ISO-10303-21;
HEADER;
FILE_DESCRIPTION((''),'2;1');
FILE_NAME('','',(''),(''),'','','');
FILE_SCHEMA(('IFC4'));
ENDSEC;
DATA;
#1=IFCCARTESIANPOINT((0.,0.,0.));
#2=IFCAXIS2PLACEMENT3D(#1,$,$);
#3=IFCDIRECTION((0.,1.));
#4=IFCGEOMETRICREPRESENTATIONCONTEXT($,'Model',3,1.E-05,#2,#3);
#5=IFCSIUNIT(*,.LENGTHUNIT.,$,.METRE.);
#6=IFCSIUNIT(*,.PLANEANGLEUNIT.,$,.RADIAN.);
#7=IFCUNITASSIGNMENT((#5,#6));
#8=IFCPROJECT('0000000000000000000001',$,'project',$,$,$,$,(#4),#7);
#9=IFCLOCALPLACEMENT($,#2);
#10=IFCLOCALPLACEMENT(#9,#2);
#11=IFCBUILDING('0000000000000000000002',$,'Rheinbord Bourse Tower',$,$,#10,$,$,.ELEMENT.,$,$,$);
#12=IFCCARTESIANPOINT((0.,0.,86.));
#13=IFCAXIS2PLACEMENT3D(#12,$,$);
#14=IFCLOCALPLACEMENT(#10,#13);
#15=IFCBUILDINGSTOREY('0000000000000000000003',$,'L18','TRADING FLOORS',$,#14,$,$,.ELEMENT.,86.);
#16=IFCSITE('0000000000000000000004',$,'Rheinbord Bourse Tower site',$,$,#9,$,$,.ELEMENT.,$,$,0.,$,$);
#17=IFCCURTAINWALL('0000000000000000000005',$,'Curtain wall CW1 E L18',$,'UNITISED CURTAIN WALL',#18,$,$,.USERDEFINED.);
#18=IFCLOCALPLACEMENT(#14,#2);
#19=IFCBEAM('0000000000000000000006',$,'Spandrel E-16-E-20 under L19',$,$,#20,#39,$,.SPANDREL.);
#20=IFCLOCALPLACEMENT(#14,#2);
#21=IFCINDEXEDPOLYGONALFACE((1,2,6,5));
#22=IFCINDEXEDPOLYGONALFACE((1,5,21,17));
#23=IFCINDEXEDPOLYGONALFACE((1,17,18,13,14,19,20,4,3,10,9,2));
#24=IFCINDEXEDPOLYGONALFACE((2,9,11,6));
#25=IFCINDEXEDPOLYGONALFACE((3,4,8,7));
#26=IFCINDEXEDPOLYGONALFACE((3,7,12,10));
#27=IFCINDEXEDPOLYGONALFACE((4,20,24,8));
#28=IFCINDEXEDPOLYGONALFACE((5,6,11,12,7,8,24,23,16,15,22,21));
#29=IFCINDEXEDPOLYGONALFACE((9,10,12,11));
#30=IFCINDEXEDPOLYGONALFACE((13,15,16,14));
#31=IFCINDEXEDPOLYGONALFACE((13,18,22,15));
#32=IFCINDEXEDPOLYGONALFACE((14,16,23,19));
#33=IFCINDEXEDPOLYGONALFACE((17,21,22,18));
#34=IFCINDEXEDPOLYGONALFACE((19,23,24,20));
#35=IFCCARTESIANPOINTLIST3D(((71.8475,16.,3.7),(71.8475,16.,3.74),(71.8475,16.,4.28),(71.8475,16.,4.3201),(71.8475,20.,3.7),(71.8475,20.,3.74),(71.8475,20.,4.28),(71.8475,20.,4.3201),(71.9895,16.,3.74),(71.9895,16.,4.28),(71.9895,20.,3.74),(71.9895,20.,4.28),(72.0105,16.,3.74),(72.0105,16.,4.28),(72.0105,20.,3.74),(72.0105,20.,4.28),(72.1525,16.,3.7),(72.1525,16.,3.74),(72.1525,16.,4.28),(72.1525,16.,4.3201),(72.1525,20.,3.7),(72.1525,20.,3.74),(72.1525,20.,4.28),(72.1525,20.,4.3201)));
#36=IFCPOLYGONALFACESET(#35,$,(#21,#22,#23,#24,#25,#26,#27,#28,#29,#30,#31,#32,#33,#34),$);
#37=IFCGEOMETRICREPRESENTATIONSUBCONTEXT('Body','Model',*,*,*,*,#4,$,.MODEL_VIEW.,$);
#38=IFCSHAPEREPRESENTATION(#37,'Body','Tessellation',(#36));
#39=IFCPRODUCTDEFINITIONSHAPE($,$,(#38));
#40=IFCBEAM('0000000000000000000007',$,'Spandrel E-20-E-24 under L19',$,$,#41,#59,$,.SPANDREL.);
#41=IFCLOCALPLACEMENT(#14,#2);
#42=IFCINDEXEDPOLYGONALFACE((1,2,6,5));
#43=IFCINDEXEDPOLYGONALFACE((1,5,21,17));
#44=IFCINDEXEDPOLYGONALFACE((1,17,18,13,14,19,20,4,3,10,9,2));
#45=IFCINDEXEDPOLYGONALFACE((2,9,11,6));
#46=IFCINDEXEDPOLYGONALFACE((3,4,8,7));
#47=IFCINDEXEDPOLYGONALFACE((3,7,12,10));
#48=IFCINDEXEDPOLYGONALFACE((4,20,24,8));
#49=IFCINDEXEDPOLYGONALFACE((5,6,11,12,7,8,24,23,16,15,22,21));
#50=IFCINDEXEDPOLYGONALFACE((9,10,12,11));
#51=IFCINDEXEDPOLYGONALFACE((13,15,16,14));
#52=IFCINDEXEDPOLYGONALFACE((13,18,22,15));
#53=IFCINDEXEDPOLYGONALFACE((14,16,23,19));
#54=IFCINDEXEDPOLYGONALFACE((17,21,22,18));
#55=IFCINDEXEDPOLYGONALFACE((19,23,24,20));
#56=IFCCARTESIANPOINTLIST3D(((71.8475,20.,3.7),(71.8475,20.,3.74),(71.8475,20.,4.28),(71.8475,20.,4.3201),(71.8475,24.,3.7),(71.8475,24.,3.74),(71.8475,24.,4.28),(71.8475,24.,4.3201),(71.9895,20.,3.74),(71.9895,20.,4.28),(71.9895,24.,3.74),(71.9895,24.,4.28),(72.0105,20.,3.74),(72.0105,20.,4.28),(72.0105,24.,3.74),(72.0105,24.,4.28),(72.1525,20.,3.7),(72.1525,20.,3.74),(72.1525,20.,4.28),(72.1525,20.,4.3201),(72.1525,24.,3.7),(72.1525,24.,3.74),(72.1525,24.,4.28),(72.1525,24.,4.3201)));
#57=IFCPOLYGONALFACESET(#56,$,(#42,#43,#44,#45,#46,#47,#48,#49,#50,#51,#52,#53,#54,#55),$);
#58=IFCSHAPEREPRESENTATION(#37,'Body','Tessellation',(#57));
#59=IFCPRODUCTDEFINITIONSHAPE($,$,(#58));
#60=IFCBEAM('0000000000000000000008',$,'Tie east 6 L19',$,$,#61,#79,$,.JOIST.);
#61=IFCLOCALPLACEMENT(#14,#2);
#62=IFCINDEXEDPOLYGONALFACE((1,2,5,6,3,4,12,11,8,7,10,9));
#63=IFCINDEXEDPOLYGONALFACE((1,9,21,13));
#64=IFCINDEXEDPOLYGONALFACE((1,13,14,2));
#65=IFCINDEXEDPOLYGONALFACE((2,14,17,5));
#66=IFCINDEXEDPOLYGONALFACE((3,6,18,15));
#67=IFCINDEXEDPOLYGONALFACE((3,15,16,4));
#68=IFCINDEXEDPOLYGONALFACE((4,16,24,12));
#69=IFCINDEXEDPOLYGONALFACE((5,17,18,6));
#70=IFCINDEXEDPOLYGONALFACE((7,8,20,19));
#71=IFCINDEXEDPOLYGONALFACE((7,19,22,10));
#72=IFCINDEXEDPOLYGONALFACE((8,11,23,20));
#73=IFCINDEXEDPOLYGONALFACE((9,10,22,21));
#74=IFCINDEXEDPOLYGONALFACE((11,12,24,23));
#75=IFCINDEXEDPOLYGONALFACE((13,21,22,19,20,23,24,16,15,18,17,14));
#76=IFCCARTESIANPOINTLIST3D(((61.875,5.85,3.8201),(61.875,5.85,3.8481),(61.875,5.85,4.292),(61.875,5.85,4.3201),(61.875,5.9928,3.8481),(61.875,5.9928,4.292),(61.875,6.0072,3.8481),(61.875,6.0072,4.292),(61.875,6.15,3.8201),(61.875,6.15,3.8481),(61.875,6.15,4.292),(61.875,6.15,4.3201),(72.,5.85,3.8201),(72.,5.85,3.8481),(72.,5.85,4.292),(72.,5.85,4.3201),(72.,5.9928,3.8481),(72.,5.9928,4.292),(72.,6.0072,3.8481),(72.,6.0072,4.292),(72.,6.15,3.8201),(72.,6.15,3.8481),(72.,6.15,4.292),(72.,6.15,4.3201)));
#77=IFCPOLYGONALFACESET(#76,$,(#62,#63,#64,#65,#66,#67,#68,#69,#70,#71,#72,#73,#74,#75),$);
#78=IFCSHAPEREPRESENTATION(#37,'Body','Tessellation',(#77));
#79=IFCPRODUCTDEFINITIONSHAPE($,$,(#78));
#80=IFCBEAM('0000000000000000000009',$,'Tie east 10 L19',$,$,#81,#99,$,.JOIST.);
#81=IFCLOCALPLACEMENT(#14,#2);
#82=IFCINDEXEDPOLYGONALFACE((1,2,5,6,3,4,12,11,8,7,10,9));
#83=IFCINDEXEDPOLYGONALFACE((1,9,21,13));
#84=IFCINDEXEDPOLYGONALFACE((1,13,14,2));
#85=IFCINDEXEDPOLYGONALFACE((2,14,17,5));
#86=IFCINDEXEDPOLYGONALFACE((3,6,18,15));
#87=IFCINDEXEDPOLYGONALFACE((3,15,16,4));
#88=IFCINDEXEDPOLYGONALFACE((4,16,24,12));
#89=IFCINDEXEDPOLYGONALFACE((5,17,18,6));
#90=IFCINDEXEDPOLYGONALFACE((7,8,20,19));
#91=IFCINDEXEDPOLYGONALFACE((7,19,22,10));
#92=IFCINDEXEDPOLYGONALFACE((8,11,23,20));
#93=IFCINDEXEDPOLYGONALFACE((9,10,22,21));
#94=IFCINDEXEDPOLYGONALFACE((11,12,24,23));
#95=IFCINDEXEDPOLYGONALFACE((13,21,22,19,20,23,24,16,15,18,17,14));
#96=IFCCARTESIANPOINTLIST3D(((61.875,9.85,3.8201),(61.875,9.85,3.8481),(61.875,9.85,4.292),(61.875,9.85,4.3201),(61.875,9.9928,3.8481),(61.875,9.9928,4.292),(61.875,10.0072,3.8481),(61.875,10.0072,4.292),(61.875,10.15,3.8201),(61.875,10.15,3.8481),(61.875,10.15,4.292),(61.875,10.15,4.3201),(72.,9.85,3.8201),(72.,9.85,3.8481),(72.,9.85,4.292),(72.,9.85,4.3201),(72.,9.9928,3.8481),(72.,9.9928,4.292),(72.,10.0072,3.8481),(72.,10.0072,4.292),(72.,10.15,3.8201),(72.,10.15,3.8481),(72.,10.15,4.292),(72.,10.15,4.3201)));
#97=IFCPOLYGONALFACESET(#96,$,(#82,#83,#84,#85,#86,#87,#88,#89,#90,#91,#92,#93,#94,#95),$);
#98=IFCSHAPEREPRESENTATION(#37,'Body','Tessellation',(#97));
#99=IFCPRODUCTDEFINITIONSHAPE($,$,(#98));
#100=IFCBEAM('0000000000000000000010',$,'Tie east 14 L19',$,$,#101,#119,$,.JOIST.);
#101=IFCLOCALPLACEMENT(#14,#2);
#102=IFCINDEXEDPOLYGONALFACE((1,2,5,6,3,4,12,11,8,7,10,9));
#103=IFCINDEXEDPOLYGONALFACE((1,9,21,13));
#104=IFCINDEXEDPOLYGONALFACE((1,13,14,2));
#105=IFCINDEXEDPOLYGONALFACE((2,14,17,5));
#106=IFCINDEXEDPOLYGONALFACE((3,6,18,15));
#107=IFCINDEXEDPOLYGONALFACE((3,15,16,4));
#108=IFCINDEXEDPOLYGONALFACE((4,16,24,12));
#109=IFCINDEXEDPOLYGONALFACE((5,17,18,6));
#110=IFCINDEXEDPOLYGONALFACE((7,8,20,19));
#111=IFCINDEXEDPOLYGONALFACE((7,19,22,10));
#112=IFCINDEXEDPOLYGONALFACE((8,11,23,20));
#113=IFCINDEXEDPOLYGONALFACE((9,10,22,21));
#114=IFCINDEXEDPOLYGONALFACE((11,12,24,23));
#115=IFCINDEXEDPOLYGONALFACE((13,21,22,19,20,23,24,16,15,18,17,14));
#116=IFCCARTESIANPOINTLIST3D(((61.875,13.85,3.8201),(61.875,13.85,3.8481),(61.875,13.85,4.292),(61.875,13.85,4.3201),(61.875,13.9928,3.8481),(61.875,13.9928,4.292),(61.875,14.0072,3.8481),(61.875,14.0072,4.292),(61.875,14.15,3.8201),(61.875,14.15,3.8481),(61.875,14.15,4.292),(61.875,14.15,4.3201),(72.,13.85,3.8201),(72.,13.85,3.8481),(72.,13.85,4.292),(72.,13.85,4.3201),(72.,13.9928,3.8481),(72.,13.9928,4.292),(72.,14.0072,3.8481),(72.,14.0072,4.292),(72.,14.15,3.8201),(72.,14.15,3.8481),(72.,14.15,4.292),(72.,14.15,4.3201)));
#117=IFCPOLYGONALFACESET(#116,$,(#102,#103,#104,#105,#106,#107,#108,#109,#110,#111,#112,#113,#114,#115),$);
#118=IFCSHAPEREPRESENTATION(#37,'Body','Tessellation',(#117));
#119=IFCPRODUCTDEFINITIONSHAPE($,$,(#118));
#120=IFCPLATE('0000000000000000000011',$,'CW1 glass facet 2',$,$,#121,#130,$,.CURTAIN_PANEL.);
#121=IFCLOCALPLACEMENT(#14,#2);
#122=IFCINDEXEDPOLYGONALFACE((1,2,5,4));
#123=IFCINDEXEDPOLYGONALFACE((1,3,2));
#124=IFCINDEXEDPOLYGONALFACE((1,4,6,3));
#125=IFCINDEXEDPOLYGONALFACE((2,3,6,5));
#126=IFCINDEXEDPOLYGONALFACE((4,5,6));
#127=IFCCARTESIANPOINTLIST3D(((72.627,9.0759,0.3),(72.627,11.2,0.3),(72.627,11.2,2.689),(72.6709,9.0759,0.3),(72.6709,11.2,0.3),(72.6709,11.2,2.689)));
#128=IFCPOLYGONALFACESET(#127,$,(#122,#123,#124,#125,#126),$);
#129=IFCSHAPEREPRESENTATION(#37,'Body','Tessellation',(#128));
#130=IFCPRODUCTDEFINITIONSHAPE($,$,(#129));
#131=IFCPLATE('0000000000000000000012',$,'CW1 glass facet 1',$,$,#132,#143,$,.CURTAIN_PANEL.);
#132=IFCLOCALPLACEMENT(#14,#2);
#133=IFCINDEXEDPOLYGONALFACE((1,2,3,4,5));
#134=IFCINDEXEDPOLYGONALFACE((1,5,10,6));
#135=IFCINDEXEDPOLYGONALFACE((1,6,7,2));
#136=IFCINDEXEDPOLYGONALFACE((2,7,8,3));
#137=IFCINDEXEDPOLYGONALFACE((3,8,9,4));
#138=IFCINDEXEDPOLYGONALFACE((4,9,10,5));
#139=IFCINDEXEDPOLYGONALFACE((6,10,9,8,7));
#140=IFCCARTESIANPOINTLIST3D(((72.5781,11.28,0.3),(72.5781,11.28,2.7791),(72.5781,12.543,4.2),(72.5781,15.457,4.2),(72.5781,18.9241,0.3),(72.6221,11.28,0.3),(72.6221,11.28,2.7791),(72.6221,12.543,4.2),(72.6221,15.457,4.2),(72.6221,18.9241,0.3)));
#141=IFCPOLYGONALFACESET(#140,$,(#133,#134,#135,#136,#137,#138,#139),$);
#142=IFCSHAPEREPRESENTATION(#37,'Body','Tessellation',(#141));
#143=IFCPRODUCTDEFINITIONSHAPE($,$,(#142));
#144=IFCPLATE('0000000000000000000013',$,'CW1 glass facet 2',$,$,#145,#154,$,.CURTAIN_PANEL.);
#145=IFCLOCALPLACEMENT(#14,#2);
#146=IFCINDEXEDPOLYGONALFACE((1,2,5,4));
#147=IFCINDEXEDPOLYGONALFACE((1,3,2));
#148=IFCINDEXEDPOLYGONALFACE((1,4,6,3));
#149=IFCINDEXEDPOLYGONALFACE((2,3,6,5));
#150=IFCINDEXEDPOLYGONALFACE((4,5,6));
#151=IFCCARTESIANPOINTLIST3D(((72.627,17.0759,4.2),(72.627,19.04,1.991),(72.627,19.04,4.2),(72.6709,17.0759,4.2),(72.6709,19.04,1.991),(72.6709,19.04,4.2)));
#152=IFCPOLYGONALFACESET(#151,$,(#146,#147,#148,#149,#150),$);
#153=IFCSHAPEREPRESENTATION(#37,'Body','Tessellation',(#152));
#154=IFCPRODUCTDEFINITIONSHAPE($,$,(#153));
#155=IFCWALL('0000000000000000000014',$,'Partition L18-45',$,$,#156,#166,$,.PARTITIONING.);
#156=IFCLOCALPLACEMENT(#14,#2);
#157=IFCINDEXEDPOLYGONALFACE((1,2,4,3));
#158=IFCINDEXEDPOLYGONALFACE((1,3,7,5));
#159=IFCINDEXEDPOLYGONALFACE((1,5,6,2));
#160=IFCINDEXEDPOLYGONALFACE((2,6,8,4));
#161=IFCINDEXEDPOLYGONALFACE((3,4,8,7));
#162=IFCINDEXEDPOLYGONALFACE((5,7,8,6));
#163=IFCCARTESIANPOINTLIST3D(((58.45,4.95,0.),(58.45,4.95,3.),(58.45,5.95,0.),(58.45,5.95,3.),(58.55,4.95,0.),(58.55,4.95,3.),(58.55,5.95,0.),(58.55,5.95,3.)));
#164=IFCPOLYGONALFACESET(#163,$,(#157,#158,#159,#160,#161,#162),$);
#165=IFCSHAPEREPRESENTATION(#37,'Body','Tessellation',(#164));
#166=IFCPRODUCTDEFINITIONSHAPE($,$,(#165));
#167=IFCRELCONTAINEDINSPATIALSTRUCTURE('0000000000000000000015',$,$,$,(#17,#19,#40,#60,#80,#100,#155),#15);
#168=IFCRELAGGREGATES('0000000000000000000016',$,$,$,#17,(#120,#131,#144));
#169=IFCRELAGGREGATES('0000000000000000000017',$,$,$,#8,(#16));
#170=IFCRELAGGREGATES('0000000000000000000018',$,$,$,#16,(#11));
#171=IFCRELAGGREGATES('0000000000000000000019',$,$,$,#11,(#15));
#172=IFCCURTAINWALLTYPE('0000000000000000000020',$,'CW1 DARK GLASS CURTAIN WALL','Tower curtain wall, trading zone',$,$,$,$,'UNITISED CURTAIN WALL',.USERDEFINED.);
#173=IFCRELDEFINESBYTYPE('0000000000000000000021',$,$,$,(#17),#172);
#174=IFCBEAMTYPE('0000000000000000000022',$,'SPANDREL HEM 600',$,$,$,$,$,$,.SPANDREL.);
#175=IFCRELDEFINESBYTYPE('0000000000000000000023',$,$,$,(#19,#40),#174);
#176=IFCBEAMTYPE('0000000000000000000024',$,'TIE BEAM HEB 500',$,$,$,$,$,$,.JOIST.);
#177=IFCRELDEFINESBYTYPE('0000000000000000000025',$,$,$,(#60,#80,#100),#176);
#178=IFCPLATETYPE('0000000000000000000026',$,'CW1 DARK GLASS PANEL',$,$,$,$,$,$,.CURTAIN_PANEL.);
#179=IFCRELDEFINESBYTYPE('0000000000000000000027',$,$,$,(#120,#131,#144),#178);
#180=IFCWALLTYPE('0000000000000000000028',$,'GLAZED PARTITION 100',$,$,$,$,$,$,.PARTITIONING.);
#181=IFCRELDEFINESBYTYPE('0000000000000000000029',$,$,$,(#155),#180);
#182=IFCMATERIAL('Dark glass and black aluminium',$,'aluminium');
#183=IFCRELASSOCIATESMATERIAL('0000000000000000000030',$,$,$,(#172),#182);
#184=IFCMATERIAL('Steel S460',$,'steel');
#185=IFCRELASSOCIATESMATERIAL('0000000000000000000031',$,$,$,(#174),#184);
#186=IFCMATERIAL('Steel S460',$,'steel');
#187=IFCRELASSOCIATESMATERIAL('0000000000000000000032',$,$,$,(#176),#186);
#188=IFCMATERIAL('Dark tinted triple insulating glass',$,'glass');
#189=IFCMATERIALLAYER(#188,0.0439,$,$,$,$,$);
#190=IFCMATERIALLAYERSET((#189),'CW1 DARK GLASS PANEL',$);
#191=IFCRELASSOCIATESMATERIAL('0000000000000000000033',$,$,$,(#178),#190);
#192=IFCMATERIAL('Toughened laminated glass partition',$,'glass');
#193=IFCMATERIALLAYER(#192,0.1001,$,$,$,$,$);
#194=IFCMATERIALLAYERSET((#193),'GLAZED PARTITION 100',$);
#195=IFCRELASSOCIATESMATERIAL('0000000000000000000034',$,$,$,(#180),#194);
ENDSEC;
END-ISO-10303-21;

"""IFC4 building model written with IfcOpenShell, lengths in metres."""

from ifc_helpers import new_model, si_unit, direction, frame, frame_2d, origin, origin_2d, place, context, subcontext, project, spatial, polyline, rectangle, i_section, outline, extrude, material, layer, layer_set, material_profile, profile_set, type_object, element, aggregate, save


model = new_model("IFC4")

# Units and contexts
model_context = context("Model", 3, precision=1e-05, world=origin(), true_north=direction((0.0, 1.0)))
body_context = subcontext(model_context, "Body", "Model", "MODEL_VIEW")
ifc_project = project(units=[si_unit("LENGTHUNIT", "METRE"), si_unit("PLANEANGLEUNIT", "RADIAN")], contexts=[model_context])

# Site, building, storey
site_placement = place(None, origin())
site = spatial("IfcSite", under=ifc_project, at=site_placement, Name="Rheinbord Bourse Tower site", CompositionType="ELEMENT", RefElevation=0.0)
building_placement = place(site_placement, origin())
building = spatial("IfcBuilding", under=site, at=building_placement, Name="Rheinbord Bourse Tower", CompositionType="ELEMENT")
storey_placement = place(building_placement, frame((0.0, 0.0, 86.0)))
storey = spatial("IfcBuildingStorey", under=building, at=storey_placement, Name="L18", Description="TRADING FLOORS", CompositionType="ELEMENT", Elevation=86.0)

# Curtain wall
ifc_material_1 = material(Name="Dark glass and black aluminium", Category="aluminium")
curtain_wall_type = type_object("IfcCurtainWallType", Name="CW1 DARK GLASS CURTAIN WALL", Description="Tower curtain wall, trading zone", ElementType="UNITISED CURTAIN WALL", PredefinedType="USERDEFINED", material=ifc_material_1)
curtain_wall_placement = place(storey_placement, origin())
curtain_wall = element("IfcCurtainWall", 1, at=curtain_wall_placement, inside=storey, type_object=curtain_wall_type, Name="Curtain wall CW1 E L18", ObjectType="UNITISED CURTAIN WALL", PredefinedType="USERDEFINED")

# Beams
ifc_material_2 = material(Name="Steel S460", Category="steel")
ifc_material_profile_1 = material_profile(ifc_material_2, i_section(OverallWidth=0.3049, OverallDepth=0.6201, WebThickness=0.021, FlangeThickness=0.04, at=origin_2d()), Name="HEM 600")
ifc_profile_set_1 = profile_set([ifc_material_profile_1], Name="Steel S460")
beam_type_1 = type_object("IfcBeamType", Name="SPANDREL HEM 600", PredefinedType="SPANDREL", material=ifc_profile_set_1)
for number, where, z_axis, x_axis, name in (
    (2, (72.0, 16.0, 4.01), (0.0, 1.0, 0.0), (-1.0, 0.0, 0.0), "Spandrel E-16-E-20 under L19"),
    (3, (72.0, 20.0, 4.01), (0.0, 1.0, 0.0), (-1.0, 0.0, 0.0), "Spandrel E-20-E-24 under L19"),
):
    element("IfcBeam", number, at=place(storey_placement, frame(where, z_axis=z_axis, x_axis=x_axis)), inside=storey, type_object=beam_type_1, Name=name, PredefinedType="SPANDREL", context=body_context, shape_type="SweptSolid", body=[
        extrude(i_section(OverallWidth=0.3049, OverallDepth=0.6201, WebThickness=0.021, FlangeThickness=0.04, at=origin_2d()), origin(), (0.0, 0.0, 1.0), 4.0),
    ])
ifc_material_3 = material(Name="Steel S460", Category="steel")
ifc_material_profile_2 = material_profile(ifc_material_3, i_section(OverallWidth=0.3, OverallDepth=0.5, WebThickness=0.0144, FlangeThickness=0.0281, at=origin_2d()), Name="HEB 500")
ifc_profile_set_2 = profile_set([ifc_material_profile_2], Name="Steel S460")
beam_type_2 = type_object("IfcBeamType", Name="TIE BEAM HEB 500", PredefinedType="JOIST", material=ifc_profile_set_2)
for number, where, z_axis, x_axis, name in (
    (4, (61.875, 6.0, 4.0701), (1.0, 0.0, 0.0), (0.0, 1.0, 0.0), "Tie east 6 L19"),
    (5, (61.875, 10.0, 4.0701), (1.0, 0.0, 0.0), (0.0, 1.0, 0.0), "Tie east 10 L19"),
    (6, (61.875, 14.0, 4.0701), (1.0, 0.0, 0.0), (0.0, 1.0, 0.0), "Tie east 14 L19"),
):
    element("IfcBeam", number, at=place(storey_placement, frame(where, z_axis=z_axis, x_axis=x_axis)), inside=storey, type_object=beam_type_2, Name=name, PredefinedType="JOIST", context=body_context, shape_type="SweptSolid", body=[
        extrude(i_section(OverallWidth=0.3, OverallDepth=0.5, WebThickness=0.0144, FlangeThickness=0.0281, at=origin_2d()), origin(), (0.0, 0.0, 1.0), 10.125),
    ])

# Plates
ifc_material_4 = material(Name="Dark tinted triple insulating glass", Category="glass")
ifc_layer_1 = layer(ifc_material_4, 0.0439)
ifc_layer_set_1 = layer_set([ifc_layer_1], Name="CW1 DARK GLASS PANEL")
plate_type = type_object("IfcPlateType", Name="CW1 DARK GLASS PANEL", PredefinedType="CURTAIN_PANEL", material=ifc_layer_set_1)
plate_1_placement = place(storey_placement, frame((72.6709, 11.2, 0.3), z_axis=(-1.0, 0.0, 0.0), x_axis=(0.0, -1.0, 0.0)))
plate_1 = element("IfcPlate", 7, at=plate_1_placement, type_object=plate_type, Name="CW1 glass facet 2", PredefinedType="CURTAIN_PANEL", context=body_context, shape_type="SweptSolid", body=[
    extrude(outline(polyline([(0.0, 0.0), (2.124, 0.0), (0.0, 2.3889), (0.0, 0.0)])), origin(), (0.0, 0.0, 1.0), 0.0439),
])
plate_2_placement = place(storey_placement, frame((72.6221, 11.28, 0.3), z_axis=(-1.0, 0.0, 0.0), x_axis=(0.0, 0.0, 1.0)))
plate_2 = element("IfcPlate", 8, at=plate_2_placement, type_object=plate_type, Name="CW1 glass facet 1", PredefinedType="CURTAIN_PANEL", context=body_context, shape_type="SweptSolid", body=[
    extrude(outline(polyline([(0.0, 0.0), (2.479, 0.0), (3.8999, 1.2629), (3.8999, 4.177), (0.0, 7.644), (0.0, 0.0)])), origin(), (0.0, 0.0, 1.0), 0.0439),
])
plate_3_placement = place(storey_placement, frame((72.6709, 19.04, 4.2), z_axis=(-1.0, 0.0, 0.0), x_axis=(0.0, 0.0, -1.0)))
plate_3 = element("IfcPlate", 9, at=plate_3_placement, type_object=plate_type, Name="CW1 glass facet 2", PredefinedType="CURTAIN_PANEL", context=body_context, shape_type="SweptSolid", body=[
    extrude(outline(polyline([(0.0, 0.0), (2.209, 0.0), (0.0, 1.9641), (0.0, 0.0)])), origin(), (0.0, 0.0, 1.0), 0.0439),
])
aggregate(curtain_wall, [plate_1, plate_2, plate_3])

# Wall
ifc_material_5 = material(Name="Toughened laminated glass partition", Category="glass")
ifc_layer_2 = layer(ifc_material_5, 0.1001)
ifc_layer_set_2 = layer_set([ifc_layer_2], Name="GLAZED PARTITION 100")
wall_type_1 = type_object("IfcWallType", Name="GLAZED PARTITION 100", PredefinedType="PARTITIONING", material=ifc_layer_set_2)
wall_1_placement = place(storey_placement, frame((58.5, 4.95, 0.0), z_axis=(0.0, 0.0, 1.0), x_axis=(0.0, 1.0, 0.0)))
element("IfcWall", 10, at=wall_1_placement, inside=storey, type_object=wall_type_1, Name="Partition L18-45", PredefinedType="PARTITIONING", context=body_context, shape_type="SweptSolid", body=[
    extrude(rectangle(XDim=1.0, YDim=0.1001, at=frame_2d((0.5, 0.0))), origin(), (0.0, 0.0, 1.0), 3.0),
])

save(model, "model.ifc")
